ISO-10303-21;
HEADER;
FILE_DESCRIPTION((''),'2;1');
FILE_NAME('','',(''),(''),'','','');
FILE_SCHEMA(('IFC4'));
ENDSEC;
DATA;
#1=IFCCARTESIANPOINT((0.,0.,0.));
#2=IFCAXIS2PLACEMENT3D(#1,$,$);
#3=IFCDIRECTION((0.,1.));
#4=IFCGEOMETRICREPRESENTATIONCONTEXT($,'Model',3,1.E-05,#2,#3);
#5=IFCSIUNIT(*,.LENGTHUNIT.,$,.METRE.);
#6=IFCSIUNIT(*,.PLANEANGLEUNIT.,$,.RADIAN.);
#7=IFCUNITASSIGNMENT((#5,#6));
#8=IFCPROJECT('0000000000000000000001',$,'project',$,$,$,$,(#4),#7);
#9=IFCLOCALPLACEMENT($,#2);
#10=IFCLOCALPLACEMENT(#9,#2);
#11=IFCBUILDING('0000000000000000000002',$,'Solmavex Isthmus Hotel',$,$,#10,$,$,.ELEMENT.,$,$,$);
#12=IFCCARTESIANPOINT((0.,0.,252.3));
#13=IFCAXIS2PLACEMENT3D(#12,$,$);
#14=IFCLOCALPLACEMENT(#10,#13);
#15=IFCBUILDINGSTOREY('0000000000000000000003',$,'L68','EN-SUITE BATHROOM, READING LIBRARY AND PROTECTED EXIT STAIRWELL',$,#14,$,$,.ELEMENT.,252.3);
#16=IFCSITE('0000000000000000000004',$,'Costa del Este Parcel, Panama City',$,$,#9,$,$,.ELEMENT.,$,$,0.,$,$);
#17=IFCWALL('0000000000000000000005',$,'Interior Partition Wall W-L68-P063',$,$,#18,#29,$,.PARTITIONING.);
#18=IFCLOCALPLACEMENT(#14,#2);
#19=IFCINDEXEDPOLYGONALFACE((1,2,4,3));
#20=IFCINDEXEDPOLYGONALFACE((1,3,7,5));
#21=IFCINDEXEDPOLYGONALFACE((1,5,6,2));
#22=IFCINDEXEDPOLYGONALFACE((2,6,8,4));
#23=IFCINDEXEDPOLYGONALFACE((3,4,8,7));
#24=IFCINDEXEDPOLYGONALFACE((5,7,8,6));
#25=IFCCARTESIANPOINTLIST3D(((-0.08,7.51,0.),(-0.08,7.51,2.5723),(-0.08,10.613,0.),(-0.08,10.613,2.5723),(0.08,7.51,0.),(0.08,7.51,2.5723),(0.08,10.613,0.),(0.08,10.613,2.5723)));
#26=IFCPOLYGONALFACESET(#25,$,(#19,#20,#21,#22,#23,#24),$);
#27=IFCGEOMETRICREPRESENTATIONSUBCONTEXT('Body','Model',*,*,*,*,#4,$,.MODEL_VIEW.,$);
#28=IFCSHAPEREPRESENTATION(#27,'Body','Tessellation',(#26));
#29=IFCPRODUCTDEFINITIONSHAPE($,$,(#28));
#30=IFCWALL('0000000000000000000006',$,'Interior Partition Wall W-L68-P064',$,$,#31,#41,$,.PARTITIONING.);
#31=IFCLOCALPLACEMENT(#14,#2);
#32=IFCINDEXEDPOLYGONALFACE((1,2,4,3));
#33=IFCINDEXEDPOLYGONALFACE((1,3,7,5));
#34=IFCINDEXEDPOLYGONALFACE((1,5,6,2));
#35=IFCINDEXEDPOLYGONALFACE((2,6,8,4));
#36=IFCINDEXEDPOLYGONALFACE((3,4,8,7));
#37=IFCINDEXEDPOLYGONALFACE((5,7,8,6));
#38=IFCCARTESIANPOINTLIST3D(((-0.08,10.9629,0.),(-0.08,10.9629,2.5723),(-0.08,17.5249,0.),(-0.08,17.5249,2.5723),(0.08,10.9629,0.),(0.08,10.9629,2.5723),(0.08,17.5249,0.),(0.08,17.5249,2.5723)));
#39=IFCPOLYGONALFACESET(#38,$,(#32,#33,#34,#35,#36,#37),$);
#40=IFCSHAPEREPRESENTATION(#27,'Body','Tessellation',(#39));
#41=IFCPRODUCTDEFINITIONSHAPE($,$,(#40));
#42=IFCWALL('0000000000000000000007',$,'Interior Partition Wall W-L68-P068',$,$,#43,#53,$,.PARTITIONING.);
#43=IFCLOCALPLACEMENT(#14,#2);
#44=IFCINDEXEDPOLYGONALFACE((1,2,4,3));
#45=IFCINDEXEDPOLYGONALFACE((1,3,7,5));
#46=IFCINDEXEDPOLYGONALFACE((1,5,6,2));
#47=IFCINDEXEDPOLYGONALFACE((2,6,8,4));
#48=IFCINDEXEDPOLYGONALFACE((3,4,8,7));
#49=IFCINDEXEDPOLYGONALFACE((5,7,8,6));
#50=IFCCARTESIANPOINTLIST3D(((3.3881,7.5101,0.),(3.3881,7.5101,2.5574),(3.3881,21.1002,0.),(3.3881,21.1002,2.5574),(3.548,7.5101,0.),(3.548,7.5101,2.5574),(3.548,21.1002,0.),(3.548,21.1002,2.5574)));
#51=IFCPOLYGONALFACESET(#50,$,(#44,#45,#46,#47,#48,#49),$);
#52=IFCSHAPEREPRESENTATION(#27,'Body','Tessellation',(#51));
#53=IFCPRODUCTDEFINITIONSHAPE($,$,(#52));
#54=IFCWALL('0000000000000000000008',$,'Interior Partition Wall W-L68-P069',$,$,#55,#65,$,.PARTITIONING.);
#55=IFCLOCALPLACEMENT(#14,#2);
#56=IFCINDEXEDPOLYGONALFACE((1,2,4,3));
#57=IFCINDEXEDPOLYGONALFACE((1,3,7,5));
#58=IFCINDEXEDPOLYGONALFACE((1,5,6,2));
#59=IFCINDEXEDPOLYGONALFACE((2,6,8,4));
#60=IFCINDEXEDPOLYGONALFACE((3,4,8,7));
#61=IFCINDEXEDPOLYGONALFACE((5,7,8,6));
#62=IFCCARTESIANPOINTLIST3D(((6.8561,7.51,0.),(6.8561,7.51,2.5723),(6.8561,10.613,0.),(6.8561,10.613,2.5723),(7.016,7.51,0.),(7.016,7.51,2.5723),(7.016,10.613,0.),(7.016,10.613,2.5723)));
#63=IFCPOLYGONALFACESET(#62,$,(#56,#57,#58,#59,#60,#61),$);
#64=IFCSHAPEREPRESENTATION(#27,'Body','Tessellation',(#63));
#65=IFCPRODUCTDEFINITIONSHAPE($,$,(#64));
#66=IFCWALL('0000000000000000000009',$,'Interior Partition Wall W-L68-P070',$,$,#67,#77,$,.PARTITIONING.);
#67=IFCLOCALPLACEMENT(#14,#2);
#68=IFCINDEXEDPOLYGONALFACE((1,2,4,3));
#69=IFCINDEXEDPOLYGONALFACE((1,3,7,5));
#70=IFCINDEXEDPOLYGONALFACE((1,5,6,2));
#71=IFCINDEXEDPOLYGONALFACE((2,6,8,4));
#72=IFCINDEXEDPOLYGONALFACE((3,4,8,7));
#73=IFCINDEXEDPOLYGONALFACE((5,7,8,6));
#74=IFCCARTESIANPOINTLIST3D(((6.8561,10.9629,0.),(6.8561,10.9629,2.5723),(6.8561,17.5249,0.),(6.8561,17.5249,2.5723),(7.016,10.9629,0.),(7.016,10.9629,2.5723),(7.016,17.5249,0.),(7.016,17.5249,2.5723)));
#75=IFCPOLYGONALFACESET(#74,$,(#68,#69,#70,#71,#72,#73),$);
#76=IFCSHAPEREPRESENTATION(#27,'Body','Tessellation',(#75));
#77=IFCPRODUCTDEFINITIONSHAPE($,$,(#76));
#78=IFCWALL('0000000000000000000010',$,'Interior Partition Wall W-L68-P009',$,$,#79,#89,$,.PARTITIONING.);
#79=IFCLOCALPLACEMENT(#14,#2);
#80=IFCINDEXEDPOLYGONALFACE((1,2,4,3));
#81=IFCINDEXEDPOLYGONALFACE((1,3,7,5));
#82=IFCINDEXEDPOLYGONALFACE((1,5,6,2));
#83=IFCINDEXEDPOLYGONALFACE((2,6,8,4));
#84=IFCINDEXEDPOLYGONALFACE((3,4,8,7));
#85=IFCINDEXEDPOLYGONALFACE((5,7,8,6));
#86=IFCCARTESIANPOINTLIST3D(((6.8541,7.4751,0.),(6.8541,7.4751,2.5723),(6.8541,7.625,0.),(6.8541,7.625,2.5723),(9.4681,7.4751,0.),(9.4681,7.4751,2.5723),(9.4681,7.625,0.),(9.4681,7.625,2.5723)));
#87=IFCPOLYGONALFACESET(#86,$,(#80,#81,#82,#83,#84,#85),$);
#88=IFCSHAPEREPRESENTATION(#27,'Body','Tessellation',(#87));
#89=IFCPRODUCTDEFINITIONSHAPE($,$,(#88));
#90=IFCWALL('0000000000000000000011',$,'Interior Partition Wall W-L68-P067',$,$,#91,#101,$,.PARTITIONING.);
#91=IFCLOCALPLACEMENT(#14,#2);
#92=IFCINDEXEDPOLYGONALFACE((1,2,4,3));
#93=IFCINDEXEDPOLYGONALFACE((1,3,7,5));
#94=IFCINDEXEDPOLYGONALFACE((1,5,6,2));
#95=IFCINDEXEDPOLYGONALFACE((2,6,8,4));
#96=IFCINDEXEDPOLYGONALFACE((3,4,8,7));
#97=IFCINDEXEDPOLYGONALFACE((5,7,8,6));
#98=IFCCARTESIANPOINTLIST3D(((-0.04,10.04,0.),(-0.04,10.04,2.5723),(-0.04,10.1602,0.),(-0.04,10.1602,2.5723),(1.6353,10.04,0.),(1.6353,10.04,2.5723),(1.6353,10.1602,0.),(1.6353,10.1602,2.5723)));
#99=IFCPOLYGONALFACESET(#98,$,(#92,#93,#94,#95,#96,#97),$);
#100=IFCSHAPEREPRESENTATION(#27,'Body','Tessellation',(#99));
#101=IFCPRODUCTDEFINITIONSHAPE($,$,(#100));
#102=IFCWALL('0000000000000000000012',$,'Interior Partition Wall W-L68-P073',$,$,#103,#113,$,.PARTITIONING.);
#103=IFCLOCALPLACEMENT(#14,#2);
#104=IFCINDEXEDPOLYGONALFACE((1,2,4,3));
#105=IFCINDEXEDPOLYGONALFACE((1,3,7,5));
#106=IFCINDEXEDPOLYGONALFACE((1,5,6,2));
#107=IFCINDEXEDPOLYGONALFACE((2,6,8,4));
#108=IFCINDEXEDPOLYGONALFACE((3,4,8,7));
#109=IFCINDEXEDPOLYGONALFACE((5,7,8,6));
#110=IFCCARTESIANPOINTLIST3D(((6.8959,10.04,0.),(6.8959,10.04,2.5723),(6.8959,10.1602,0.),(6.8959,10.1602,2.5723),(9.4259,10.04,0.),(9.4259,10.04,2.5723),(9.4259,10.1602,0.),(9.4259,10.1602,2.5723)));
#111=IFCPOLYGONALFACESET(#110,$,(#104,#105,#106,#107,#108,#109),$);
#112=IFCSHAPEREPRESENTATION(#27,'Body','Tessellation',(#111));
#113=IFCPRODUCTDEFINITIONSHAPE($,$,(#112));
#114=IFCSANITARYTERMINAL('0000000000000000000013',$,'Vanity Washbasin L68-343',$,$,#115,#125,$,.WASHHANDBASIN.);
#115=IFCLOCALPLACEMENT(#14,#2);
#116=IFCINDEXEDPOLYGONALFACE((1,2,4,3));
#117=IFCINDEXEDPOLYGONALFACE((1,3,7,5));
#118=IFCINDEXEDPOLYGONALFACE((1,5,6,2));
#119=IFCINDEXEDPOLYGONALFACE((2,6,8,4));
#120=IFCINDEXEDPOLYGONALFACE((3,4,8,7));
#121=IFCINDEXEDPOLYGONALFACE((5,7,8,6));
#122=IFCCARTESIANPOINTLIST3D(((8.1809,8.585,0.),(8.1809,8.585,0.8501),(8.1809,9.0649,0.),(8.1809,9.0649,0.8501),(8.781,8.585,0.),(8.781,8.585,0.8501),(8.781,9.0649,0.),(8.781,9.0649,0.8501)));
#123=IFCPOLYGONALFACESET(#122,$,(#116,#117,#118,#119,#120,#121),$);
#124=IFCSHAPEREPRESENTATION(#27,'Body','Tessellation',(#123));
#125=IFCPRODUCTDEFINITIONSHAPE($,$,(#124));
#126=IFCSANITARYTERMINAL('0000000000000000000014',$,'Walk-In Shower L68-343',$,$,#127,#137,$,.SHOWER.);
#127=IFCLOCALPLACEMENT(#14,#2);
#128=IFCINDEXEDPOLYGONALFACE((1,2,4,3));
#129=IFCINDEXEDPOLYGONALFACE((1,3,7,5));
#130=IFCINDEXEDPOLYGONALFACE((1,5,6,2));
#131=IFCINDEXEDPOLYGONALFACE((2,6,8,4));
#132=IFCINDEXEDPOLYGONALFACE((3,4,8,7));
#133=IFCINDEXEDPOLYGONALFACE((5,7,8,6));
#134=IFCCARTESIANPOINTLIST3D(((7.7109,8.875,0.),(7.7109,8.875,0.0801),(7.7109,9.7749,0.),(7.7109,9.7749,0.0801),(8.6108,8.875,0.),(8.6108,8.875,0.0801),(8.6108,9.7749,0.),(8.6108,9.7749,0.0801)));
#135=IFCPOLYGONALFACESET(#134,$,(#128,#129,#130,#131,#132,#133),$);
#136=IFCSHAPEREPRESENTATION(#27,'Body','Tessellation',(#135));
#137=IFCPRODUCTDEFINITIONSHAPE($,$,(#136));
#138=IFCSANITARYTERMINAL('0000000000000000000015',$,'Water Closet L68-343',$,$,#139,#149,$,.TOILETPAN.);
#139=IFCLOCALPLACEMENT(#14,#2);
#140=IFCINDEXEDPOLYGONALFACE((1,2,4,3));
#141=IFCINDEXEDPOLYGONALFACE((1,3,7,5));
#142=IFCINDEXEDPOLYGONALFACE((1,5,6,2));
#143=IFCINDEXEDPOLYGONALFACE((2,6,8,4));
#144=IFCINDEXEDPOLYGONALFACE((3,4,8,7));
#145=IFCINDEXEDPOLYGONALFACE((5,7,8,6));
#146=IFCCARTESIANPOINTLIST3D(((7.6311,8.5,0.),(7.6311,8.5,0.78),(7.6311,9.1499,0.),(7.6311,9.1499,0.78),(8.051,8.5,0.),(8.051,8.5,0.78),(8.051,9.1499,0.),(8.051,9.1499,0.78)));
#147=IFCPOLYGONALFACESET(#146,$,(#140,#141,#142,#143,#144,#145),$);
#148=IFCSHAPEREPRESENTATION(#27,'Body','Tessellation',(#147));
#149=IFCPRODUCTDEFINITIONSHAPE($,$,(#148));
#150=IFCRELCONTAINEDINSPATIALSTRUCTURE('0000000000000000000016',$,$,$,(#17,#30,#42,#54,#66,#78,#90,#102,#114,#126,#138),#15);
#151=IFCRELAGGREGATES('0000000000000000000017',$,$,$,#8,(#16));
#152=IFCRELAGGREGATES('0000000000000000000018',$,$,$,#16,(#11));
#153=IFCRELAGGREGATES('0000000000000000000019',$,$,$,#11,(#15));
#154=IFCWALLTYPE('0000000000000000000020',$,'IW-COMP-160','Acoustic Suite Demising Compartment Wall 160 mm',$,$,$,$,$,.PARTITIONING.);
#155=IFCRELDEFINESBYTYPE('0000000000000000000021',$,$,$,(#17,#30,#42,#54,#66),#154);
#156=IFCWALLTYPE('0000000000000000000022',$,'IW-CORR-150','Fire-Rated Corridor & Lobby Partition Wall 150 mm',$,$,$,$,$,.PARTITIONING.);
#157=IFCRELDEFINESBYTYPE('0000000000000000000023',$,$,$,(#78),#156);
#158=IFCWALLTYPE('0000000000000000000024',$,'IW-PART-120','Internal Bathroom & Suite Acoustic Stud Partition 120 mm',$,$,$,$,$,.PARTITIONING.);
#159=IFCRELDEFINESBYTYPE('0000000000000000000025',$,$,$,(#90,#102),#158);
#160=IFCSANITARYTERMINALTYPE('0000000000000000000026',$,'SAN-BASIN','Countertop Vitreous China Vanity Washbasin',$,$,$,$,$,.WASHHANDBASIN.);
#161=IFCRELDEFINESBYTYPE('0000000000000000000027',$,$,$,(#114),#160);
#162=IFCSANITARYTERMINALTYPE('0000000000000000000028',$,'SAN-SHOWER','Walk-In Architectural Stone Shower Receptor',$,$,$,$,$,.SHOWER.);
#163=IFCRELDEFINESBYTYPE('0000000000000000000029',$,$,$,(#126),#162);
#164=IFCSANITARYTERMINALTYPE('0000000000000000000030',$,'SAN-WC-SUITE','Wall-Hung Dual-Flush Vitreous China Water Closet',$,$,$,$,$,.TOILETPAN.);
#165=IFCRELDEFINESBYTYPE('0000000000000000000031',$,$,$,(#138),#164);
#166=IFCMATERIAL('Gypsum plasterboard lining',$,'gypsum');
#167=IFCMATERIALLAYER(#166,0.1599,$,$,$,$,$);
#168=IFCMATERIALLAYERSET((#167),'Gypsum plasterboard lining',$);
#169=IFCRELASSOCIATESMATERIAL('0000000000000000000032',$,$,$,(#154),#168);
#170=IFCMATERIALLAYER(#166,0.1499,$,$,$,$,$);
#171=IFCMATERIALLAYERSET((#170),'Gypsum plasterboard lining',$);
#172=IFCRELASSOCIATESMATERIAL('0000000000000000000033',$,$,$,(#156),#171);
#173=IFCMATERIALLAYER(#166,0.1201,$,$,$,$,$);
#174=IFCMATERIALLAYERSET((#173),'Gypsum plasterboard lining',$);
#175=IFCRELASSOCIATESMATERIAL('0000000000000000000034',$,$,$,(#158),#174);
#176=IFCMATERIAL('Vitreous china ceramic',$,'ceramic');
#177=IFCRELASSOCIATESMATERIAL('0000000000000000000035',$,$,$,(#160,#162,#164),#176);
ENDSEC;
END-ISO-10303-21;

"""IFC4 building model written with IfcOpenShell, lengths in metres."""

from ifc_helpers import new_model, si_unit, direction, frame, frame_2d, origin, origin_2d, place, context, subcontext, project, spatial, rectangle, extrude, material, layer, layer_set, type_object, element, save


model = new_model("IFC4")

# Units and contexts
model_context = context("Model", 3, precision=1e-05, world=origin(), true_north=direction((0.0, 1.0)))
body_context = subcontext(model_context, "Body", "Model", "MODEL_VIEW")
ifc_project = project(units=[si_unit("LENGTHUNIT", "METRE"), si_unit("PLANEANGLEUNIT", "RADIAN")], contexts=[model_context])

# Site, building, storey
site_placement = place(None, origin())
site = spatial("IfcSite", under=ifc_project, at=site_placement, Name="Costa del Este Parcel, Panama City", CompositionType="ELEMENT", RefElevation=0.0)
building_placement = place(site_placement, origin())
building = spatial("IfcBuilding", under=site, at=building_placement, Name="Solmavex Isthmus Hotel", CompositionType="ELEMENT")
storey_placement = place(building_placement, frame((0.0, 0.0, 252.3)))
storey = spatial("IfcBuildingStorey", under=building, at=storey_placement, Name="L68", Description="EN-SUITE BATHROOM, READING LIBRARY AND PROTECTED EXIT STAIRWELL", CompositionType="ELEMENT", Elevation=252.3)

# Walls
ifc_material_1 = material(Name="Gypsum plasterboard lining", Category="gypsum")
ifc_layer_1 = layer(ifc_material_1, 0.1599)
ifc_layer_set_1 = layer_set([ifc_layer_1], Name="Gypsum plasterboard lining")
wall_type_1 = type_object("IfcWallType", Name="IW-COMP-160", Description="Acoustic Suite Demising Compartment Wall 160 mm", PredefinedType="PARTITIONING", material=ifc_layer_set_1)
wall_1_placement = place(storey_placement, frame((0.0, 10.613, 0.0), z_axis=(0.0, 0.0, 1.0), x_axis=(0.0, -1.0, 0.0)))
element("IfcWall", 1, at=wall_1_placement, inside=storey, type_object=wall_type_1, Name="Interior Partition Wall W-L68-P063", PredefinedType="PARTITIONING", context=body_context, shape_type="SweptSolid", body=[
    extrude(rectangle(XDim=3.103, YDim=0.1599, at=frame_2d((1.5515, 0.0))), origin(), (0.0, 0.0, 1.0), 2.5723),
])
wall_2_placement = place(storey_placement, frame((0.0, 17.5249, 0.0), z_axis=(0.0, 0.0, 1.0), x_axis=(0.0, -1.0, 0.0)))
element("IfcWall", 2, at=wall_2_placement, inside=storey, type_object=wall_type_1, Name="Interior Partition Wall W-L68-P064", PredefinedType="PARTITIONING", context=body_context, shape_type="SweptSolid", body=[
    extrude(rectangle(XDim=6.562, YDim=0.1599, at=frame_2d((3.281, 0.0))), origin(), (0.0, 0.0, 1.0), 2.5723),
])
wall_3_placement = place(storey_placement, frame((3.468, 21.1001, 0.0), z_axis=(0.0, 0.0, 1.0), x_axis=(0.0, -1.0, 0.0)))
element("IfcWall", 3, at=wall_3_placement, inside=storey, type_object=wall_type_1, Name="Interior Partition Wall W-L68-P068", PredefinedType="PARTITIONING", context=body_context, shape_type="SweptSolid", body=[
    extrude(rectangle(XDim=13.5901, YDim=0.1599, at=frame_2d((6.7949, 0.0))), origin(), (0.0, 0.0, 1.0), 2.5574),
])
wall_4_placement = place(storey_placement, frame((6.936, 10.613, 0.0), z_axis=(0.0, 0.0, 1.0), x_axis=(0.0, -1.0, 0.0)))
element("IfcWall", 4, at=wall_4_placement, inside=storey, type_object=wall_type_1, Name="Interior Partition Wall W-L68-P069", PredefinedType="PARTITIONING", context=body_context, shape_type="SweptSolid", body=[
    extrude(rectangle(XDim=3.103, YDim=0.1599, at=frame_2d((1.5515, 0.0))), origin(), (0.0, 0.0, 1.0), 2.5723),
])
wall_5_placement = place(storey_placement, frame((6.936, 17.5249, 0.0), z_axis=(0.0, 0.0, 1.0), x_axis=(0.0, -1.0, 0.0)))
element("IfcWall", 5, at=wall_5_placement, inside=storey, type_object=wall_type_1, Name="Interior Partition Wall W-L68-P070", PredefinedType="PARTITIONING", context=body_context, shape_type="SweptSolid", body=[
    extrude(rectangle(XDim=6.562, YDim=0.1599, at=frame_2d((3.281, 0.0))), origin(), (0.0, 0.0, 1.0), 2.5723),
])

# Shared definitions
ifc_layer_2 = layer(ifc_material_1, 0.1499)
ifc_layer_set_2 = layer_set([ifc_layer_2], Name="Gypsum plasterboard lining")
wall_type_2 = type_object("IfcWallType", Name="IW-CORR-150", Description="Fire-Rated Corridor & Lobby Partition Wall 150 mm", PredefinedType="PARTITIONING", material=ifc_layer_set_2)

# Walls
wall_6_placement = place(storey_placement, frame((6.854, 7.55, 0.0), z_axis=(0.0, 0.0, 1.0), x_axis=(1.0, 0.0, 0.0)))
element("IfcWall", 6, at=wall_6_placement, inside=storey, type_object=wall_type_2, Name="Interior Partition Wall W-L68-P009", PredefinedType="PARTITIONING", context=body_context, shape_type="SweptSolid", body=[
    extrude(rectangle(XDim=2.614, YDim=0.1499, at=frame_2d((1.3071, 0.0))), origin(), (0.0, 0.0, 1.0), 2.5723),
])
ifc_layer_3 = layer(ifc_material_1, 0.1201)
ifc_layer_set_3 = layer_set([ifc_layer_3], Name="Gypsum plasterboard lining")
wall_type_3 = type_object("IfcWallType", Name="IW-PART-120", Description="Internal Bathroom & Suite Acoustic Stud Partition 120 mm", PredefinedType="PARTITIONING", material=ifc_layer_set_3)
wall_7_placement = place(storey_placement, frame((1.6353, 10.1001, 0.0), z_axis=(0.0, 0.0, 1.0), x_axis=(-1.0, 0.0, 0.0)))
element("IfcWall", 7, at=wall_7_placement, inside=storey, type_object=wall_type_3, Name="Interior Partition Wall W-L68-P067", PredefinedType="PARTITIONING", context=body_context, shape_type="SweptSolid", body=[
    extrude(rectangle(XDim=1.6753, YDim=0.1201, at=frame_2d((0.8376, 0.0))), origin(), (0.0, 0.0, 1.0), 2.5723),
])
wall_8_placement = place(storey_placement, frame((9.426, 10.1001, 0.0), z_axis=(0.0, 0.0, 1.0), x_axis=(-1.0, 0.0, 0.0)))
element("IfcWall", 8, at=wall_8_placement, inside=storey, type_object=wall_type_3, Name="Interior Partition Wall W-L68-P073", PredefinedType="PARTITIONING", context=body_context, shape_type="SweptSolid", body=[
    extrude(rectangle(XDim=2.53, YDim=0.1201, at=frame_2d((1.2651, 0.0))), origin(), (0.0, 0.0, 1.0), 2.5723),
])

# Sanitary terminals
ifc_material_2 = material(Name="Vitreous china ceramic", Category="ceramic")
sanitary_terminal_type_1 = type_object("IfcSanitaryTerminalType", Name="SAN-BASIN", Description="Countertop Vitreous China Vanity Washbasin", PredefinedType="WASHHANDBASIN", material=ifc_material_2)
sanitary_terminal_1_placement = place(storey_placement, frame((8.481, 8.825, 0.0), z_axis=(0.0, 0.0, 1.0), x_axis=(1.0, 0.0, 0.0)))
element("IfcSanitaryTerminal", 9, at=sanitary_terminal_1_placement, inside=storey, type_object=sanitary_terminal_type_1, Name="Vanity Washbasin L68-343", PredefinedType="WASHHANDBASIN", context=body_context, shape_type="SweptSolid", body=[
    extrude(rectangle(XDim=0.6001, YDim=0.48, at=origin_2d()), origin(), (0.0, 0.0, 1.0), 0.8501),
])
sanitary_terminal_type_2 = type_object("IfcSanitaryTerminalType", Name="SAN-SHOWER", Description="Walk-In Architectural Stone Shower Receptor", PredefinedType="SHOWER", material=ifc_material_2)
sanitary_terminal_2_placement = place(storey_placement, frame((8.1609, 9.325, 0.0), z_axis=(0.0, 0.0, 1.0), x_axis=(1.0, 0.0, 0.0)))
element("IfcSanitaryTerminal", 10, at=sanitary_terminal_2_placement, inside=storey, type_object=sanitary_terminal_type_2, Name="Walk-In Shower L68-343", PredefinedType="SHOWER", context=body_context, shape_type="SweptSolid", body=[
    extrude(rectangle(XDim=0.8999, YDim=0.8999, at=origin_2d()), origin(), (0.0, 0.0, 1.0), 0.0801),
])
sanitary_terminal_type_3 = type_object("IfcSanitaryTerminalType", Name="SAN-WC-SUITE", Description="Wall-Hung Dual-Flush Vitreous China Water Closet", PredefinedType="TOILETPAN", material=ifc_material_2)
sanitary_terminal_3_placement = place(storey_placement, frame((7.8411, 8.825, 0.0), z_axis=(0.0, 0.0, 1.0), x_axis=(1.0, 0.0, 0.0)))
element("IfcSanitaryTerminal", 11, at=sanitary_terminal_3_placement, inside=storey, type_object=sanitary_terminal_type_3, Name="Water Closet L68-343", PredefinedType="TOILETPAN", context=body_context, shape_type="SweptSolid", body=[
    extrude(rectangle(XDim=0.4199, YDim=0.6499, at=origin_2d()), origin(), (0.0, 0.0, 1.0), 0.78),
])

save(model, "model.ifc")
